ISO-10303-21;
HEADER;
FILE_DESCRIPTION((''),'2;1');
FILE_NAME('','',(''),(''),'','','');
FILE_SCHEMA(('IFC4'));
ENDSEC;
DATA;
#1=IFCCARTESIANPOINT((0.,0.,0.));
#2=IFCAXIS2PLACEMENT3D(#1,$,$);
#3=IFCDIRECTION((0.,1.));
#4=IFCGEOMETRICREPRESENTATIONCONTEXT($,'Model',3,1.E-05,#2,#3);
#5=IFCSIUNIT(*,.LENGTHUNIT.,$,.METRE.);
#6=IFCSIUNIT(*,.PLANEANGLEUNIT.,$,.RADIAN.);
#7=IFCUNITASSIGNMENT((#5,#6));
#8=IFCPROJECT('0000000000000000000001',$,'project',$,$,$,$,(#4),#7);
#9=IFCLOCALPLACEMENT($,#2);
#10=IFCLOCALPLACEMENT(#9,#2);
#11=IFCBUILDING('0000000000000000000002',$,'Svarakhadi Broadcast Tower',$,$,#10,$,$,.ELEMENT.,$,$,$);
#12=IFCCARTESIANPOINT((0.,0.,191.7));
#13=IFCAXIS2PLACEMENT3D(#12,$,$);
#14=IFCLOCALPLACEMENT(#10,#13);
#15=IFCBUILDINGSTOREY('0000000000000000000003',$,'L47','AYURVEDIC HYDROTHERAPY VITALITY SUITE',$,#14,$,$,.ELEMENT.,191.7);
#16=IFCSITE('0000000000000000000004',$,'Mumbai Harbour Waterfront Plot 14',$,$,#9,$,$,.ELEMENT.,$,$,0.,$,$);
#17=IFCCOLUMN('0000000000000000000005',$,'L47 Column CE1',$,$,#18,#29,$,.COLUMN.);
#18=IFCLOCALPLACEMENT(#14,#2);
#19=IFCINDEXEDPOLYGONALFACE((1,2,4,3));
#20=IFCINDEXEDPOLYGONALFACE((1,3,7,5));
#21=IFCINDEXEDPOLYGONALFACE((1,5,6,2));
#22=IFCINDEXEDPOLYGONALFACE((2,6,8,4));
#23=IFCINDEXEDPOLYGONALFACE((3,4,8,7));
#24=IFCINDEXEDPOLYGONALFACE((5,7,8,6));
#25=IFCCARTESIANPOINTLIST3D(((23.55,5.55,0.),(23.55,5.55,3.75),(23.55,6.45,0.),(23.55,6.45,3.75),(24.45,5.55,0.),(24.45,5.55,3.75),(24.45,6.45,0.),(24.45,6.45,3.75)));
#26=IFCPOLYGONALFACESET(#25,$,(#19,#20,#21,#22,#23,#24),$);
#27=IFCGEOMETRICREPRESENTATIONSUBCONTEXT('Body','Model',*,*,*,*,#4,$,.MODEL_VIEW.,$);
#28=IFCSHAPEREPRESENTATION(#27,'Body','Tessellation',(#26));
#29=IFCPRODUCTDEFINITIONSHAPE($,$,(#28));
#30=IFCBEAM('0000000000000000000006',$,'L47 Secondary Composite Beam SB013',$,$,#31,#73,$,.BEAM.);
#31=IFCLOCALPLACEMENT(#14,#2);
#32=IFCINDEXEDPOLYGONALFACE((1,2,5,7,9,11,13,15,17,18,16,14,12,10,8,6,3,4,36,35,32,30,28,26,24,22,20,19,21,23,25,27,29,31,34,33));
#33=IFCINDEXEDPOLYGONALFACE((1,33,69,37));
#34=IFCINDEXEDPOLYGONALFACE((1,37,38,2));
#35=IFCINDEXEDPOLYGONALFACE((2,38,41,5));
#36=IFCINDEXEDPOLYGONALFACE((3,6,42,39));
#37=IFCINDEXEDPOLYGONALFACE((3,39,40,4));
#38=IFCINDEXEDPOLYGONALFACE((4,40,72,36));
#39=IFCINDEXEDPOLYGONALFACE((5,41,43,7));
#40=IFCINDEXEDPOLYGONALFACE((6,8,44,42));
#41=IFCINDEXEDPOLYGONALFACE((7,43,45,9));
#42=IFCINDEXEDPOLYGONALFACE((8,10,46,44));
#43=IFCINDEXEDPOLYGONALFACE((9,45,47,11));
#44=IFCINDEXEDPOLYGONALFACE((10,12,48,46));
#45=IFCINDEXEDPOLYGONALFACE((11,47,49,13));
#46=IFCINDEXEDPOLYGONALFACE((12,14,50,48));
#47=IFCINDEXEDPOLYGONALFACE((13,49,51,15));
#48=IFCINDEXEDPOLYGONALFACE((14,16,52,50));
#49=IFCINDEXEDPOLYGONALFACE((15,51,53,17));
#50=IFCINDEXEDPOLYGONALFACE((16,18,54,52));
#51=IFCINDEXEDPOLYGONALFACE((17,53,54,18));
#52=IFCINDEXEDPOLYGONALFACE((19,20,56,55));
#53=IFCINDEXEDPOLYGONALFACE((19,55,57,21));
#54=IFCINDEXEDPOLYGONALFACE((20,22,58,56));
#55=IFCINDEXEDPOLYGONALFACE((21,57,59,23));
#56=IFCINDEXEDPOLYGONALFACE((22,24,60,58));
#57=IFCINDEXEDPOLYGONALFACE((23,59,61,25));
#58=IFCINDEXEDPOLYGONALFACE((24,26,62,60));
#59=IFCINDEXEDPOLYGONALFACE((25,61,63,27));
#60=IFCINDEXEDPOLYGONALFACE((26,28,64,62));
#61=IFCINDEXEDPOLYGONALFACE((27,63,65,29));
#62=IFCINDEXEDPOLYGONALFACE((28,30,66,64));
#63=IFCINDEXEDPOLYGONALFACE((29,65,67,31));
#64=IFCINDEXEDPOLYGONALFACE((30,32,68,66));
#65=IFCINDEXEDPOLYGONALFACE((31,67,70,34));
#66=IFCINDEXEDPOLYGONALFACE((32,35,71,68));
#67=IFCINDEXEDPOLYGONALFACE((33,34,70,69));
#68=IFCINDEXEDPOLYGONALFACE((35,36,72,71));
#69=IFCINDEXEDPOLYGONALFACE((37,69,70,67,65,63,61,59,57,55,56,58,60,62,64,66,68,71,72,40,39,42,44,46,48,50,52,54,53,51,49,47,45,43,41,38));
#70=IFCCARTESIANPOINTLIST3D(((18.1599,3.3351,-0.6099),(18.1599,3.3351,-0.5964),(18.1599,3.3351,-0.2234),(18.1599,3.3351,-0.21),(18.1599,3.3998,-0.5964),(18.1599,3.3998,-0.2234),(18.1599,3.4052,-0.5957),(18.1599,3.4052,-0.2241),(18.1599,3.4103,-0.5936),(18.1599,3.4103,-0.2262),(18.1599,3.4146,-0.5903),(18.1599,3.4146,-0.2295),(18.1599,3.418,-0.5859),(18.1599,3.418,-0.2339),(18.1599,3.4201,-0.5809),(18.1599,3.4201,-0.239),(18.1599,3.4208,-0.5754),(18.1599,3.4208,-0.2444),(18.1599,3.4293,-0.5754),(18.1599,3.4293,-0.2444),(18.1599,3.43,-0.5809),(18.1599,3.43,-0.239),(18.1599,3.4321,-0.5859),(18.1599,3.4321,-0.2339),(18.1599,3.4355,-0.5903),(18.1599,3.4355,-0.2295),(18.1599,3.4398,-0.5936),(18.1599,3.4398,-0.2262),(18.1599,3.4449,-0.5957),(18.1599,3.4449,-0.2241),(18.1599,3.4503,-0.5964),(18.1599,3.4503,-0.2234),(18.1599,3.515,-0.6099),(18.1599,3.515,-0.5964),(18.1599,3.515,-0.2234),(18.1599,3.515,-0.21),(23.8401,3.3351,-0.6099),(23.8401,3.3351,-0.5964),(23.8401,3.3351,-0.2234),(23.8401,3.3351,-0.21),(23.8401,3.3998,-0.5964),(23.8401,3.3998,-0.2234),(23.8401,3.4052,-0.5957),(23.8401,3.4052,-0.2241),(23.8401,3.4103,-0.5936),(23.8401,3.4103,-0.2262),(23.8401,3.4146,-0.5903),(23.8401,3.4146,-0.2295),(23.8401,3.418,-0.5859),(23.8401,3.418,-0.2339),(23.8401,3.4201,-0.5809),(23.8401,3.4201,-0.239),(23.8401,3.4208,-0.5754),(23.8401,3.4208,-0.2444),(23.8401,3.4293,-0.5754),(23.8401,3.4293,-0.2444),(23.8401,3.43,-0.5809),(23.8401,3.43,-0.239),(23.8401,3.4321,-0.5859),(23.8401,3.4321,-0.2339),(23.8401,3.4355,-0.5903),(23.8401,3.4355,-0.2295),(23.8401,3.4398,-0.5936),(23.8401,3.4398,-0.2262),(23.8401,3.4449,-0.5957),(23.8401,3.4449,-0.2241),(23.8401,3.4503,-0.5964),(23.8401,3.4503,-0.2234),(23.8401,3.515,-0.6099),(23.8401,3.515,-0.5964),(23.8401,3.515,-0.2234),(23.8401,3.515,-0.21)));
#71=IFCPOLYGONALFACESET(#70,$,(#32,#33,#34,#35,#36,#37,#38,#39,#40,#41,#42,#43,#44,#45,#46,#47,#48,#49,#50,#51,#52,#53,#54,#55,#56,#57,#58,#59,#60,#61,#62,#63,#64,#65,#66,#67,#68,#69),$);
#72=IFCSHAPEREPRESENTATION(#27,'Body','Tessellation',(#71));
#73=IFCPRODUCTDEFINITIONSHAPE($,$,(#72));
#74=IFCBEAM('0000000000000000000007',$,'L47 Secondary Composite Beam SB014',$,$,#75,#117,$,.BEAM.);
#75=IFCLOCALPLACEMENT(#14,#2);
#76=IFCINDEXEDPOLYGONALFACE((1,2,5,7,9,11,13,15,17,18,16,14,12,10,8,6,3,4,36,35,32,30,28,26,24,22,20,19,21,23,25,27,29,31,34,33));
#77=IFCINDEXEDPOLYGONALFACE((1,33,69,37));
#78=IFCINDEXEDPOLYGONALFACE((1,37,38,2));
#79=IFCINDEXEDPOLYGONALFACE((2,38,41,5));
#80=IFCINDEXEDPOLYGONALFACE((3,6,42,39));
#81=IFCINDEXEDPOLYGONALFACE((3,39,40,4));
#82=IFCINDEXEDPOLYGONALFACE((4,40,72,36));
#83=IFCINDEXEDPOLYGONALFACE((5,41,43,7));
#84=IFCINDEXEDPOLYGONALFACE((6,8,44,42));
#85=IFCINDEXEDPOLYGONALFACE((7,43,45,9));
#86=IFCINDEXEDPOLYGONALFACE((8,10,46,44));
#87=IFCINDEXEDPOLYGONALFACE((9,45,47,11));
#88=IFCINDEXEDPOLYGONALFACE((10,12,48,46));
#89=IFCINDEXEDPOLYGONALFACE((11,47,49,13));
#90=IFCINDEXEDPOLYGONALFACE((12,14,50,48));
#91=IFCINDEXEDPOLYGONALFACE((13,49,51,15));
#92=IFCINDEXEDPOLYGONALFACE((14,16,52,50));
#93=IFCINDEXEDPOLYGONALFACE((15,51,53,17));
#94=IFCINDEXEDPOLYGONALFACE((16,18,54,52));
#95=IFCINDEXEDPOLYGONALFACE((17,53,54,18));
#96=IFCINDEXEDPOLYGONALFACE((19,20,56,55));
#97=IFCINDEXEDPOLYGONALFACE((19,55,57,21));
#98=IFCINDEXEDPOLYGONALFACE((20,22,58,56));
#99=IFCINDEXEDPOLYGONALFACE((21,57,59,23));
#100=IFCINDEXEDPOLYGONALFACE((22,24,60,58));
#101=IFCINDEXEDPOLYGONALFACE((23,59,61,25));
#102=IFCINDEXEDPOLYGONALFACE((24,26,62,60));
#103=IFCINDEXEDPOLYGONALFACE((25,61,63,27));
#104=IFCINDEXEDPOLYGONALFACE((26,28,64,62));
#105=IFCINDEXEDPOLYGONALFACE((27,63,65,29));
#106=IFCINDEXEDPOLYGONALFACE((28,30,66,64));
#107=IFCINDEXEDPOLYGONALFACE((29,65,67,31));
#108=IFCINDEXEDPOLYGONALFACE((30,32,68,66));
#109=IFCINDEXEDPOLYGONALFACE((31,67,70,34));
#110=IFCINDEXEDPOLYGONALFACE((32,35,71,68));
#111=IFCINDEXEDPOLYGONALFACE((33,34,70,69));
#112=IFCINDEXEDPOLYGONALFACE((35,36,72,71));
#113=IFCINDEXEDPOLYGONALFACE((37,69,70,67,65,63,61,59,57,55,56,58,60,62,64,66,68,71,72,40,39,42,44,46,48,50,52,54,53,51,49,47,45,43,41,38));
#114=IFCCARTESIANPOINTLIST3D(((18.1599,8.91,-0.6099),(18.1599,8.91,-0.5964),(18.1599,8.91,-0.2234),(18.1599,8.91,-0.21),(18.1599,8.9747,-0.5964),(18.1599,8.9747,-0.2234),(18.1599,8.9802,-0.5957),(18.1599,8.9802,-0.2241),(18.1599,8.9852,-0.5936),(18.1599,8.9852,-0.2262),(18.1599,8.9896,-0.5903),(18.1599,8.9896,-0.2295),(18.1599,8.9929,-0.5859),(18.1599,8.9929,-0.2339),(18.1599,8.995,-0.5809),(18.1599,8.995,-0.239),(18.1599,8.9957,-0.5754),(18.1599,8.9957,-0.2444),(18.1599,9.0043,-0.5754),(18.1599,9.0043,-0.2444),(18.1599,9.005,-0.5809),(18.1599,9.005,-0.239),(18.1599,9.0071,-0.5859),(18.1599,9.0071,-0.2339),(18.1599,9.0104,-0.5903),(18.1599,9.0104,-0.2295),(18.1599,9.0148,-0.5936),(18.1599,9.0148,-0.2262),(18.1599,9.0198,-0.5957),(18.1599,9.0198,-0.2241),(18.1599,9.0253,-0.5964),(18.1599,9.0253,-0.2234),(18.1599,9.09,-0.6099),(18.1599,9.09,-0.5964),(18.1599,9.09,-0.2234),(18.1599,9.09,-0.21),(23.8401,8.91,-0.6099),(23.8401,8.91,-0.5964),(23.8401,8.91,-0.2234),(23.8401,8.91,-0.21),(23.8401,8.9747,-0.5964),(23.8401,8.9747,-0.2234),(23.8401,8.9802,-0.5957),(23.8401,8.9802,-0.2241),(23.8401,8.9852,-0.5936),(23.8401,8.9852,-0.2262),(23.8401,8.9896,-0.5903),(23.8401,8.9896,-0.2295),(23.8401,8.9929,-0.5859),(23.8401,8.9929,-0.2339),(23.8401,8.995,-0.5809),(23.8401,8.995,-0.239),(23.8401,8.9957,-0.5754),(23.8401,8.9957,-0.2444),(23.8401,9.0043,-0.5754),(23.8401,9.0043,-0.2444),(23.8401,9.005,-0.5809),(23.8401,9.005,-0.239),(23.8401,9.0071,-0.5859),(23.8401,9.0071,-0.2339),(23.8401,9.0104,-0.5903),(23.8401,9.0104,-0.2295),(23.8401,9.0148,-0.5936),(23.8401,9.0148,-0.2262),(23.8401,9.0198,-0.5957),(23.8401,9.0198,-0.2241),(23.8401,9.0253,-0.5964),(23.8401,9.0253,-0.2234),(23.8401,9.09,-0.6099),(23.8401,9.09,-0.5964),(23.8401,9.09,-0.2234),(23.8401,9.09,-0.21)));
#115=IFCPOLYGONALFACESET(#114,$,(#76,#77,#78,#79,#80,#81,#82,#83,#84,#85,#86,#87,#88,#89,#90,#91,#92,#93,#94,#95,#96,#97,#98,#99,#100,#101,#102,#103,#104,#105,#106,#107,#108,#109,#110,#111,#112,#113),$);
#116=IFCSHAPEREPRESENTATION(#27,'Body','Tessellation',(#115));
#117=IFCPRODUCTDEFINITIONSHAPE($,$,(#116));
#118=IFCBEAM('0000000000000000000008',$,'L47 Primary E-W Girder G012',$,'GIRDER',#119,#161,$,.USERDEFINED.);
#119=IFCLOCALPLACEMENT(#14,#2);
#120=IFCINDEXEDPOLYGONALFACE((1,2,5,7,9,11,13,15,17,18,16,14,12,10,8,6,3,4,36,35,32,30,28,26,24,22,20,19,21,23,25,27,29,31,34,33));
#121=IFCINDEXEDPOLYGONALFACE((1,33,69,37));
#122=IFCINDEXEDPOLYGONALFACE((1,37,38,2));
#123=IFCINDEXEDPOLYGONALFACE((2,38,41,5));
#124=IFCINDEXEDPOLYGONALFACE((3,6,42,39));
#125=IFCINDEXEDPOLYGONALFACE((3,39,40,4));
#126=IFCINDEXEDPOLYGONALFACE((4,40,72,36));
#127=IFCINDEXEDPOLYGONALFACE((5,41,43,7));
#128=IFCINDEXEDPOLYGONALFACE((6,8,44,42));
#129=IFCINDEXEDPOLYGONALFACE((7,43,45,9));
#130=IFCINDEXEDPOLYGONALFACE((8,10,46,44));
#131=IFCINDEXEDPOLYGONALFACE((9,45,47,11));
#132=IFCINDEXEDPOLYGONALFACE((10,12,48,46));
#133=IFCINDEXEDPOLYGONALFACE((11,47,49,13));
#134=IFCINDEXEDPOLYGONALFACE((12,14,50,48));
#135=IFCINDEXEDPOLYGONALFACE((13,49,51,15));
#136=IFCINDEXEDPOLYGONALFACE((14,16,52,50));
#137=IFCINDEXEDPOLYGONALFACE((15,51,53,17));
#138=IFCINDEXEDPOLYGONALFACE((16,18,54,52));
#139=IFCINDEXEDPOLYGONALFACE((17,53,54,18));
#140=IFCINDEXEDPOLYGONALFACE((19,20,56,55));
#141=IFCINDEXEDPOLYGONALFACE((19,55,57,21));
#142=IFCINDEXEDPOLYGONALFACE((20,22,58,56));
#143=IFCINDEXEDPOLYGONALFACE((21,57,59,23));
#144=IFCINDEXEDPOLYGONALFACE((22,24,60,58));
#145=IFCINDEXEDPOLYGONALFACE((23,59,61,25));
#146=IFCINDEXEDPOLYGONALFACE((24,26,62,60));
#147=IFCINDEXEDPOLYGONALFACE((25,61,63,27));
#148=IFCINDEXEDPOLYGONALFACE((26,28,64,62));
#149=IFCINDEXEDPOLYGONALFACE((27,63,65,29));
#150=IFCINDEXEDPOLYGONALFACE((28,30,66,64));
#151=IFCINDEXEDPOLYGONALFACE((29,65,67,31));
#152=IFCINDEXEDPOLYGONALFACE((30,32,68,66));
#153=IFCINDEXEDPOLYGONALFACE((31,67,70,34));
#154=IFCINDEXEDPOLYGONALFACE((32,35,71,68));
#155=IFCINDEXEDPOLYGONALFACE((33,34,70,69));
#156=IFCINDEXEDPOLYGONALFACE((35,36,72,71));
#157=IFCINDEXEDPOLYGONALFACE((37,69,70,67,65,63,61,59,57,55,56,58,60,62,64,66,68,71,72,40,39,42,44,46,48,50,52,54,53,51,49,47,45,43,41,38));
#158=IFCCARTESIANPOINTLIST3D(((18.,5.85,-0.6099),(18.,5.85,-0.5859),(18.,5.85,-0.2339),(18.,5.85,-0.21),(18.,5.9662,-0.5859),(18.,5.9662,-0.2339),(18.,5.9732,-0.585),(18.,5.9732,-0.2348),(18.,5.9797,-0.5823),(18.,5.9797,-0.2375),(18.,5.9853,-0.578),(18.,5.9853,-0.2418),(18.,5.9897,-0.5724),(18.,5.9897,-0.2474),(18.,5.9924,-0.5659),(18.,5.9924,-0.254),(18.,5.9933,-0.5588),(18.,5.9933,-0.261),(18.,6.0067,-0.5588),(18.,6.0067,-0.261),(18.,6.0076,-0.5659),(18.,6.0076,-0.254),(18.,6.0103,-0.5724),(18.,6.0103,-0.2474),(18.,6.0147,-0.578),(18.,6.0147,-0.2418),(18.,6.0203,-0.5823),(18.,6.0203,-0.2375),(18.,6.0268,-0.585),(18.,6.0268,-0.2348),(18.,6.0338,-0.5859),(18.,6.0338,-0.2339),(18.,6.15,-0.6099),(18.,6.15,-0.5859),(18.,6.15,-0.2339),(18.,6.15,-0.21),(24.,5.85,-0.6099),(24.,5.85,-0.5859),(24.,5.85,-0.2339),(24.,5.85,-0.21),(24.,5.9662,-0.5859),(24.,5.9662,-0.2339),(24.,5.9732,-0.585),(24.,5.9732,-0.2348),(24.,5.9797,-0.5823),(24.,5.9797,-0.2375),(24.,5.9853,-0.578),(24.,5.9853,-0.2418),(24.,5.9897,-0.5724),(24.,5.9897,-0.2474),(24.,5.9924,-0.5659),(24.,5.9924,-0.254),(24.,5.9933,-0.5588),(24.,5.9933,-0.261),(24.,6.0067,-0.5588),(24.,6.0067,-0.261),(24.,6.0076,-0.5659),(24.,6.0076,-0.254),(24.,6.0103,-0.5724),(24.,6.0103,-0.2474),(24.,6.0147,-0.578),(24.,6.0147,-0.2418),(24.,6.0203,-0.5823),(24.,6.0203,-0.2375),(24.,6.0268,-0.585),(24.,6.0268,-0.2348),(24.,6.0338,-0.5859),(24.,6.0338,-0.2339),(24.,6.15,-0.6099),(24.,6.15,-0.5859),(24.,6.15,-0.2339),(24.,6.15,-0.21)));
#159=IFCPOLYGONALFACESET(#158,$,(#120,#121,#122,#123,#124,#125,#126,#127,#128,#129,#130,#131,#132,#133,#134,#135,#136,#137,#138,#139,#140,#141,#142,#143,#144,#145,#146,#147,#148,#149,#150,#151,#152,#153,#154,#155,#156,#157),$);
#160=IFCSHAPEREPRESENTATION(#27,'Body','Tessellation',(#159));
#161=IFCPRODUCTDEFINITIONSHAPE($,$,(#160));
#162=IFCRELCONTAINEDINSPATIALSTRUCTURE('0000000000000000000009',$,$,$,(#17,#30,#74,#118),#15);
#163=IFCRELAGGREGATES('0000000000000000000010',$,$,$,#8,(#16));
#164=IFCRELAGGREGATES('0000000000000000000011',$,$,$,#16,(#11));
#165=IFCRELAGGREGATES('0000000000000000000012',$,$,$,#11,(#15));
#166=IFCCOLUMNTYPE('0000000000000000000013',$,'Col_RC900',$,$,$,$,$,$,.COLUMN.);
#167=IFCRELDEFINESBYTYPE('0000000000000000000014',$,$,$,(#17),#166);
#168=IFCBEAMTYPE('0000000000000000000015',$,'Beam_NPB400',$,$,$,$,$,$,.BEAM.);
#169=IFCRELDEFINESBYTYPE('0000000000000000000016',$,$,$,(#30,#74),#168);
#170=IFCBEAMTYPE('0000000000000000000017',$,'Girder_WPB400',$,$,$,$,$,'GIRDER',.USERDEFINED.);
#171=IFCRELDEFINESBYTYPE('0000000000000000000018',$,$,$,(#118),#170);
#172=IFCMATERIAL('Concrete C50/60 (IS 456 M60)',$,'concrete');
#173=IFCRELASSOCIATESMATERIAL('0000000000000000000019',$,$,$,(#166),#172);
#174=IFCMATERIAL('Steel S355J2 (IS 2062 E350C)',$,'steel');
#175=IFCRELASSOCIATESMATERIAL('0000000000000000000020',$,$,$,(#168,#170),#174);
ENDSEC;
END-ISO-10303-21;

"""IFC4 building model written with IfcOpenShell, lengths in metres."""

from ifc_helpers import new_model, si_unit, direction, frame, origin, origin_2d, place, context, subcontext, project, spatial, rectangle, i_section, extrude, material, material_profile, profile_set, type_object, element, save


model = new_model("IFC4")

# Units and contexts
model_context = context("Model", 3, precision=1e-05, world=origin(), true_north=direction((0.0, 1.0)))
body_context = subcontext(model_context, "Body", "Model", "MODEL_VIEW")
ifc_project = project(units=[si_unit("LENGTHUNIT", "METRE"), si_unit("PLANEANGLEUNIT", "RADIAN")], contexts=[model_context])

# Site, building, storey
site_placement = place(None, origin())
site = spatial("IfcSite", under=ifc_project, at=site_placement, Name="Mumbai Harbour Waterfront Plot 14", CompositionType="ELEMENT", RefElevation=0.0)
building_placement = place(site_placement, origin())
building = spatial("IfcBuilding", under=site, at=building_placement, Name="Svarakhadi Broadcast Tower", CompositionType="ELEMENT")
storey_placement = place(building_placement, frame((0.0, 0.0, 191.7)))
storey = spatial("IfcBuildingStorey", under=building, at=storey_placement, Name="L47", Description="AYURVEDIC HYDROTHERAPY VITALITY SUITE", CompositionType="ELEMENT", Elevation=191.7)

# Column
ifc_material_1 = material(Name="Concrete C50/60 (IS 456 M60)", Category="concrete")
ifc_material_profile_1 = material_profile(ifc_material_1, rectangle(XDim=0.8999, YDim=0.8999, at=origin_2d()), Name="RC 900x900")
ifc_profile_set_1 = profile_set([ifc_material_profile_1], Name="Concrete C50/60 (IS 456 M60)")
column_type = type_object("IfcColumnType", Name="Col_RC900", PredefinedType="COLUMN", material=ifc_profile_set_1)
column_placement = place(storey_placement, frame((24.0, 6.0, 0.0), z_axis=(0.0, 0.0, 1.0), x_axis=(1.0, 0.0, 0.0)))
element("IfcColumn", 1, at=column_placement, inside=storey, type_object=column_type, Name="L47 Column CE1", PredefinedType="COLUMN", context=body_context, shape_type="SweptSolid", body=[
    extrude(rectangle(XDim=0.8999, YDim=0.8999, at=origin_2d()), origin(), (0.0, 0.0, 1.0), 3.75),
])

# Beams
ifc_material_2 = material(Name="Steel S355J2 (IS 2062 E350C)", Category="steel")
ifc_material_profile_2 = material_profile(ifc_material_2, i_section(OverallWidth=0.1799, OverallDepth=0.3999, WebThickness=0.0085, FlangeThickness=0.0134, FilletRadius=0.021, at=origin_2d()), Name="NPB 400x180x66")
ifc_profile_set_2 = profile_set([ifc_material_profile_2], Name="Steel S355J2 (IS 2062 E350C)")
beam_type_1 = type_object("IfcBeamType", Name="Beam_NPB400", PredefinedType="BEAM", material=ifc_profile_set_2)
for number, where, z_axis, x_axis, name in (
    (2, (18.1599, 3.425, -0.4099), (1.0, 0.0, 0.0), (0.0, 1.0, 0.0), "L47 Secondary Composite Beam SB013"),
    (3, (18.1599, 9.0, -0.4099), (1.0, 0.0, 0.0), (0.0, 1.0, 0.0), "L47 Secondary Composite Beam SB014"),
):
    element("IfcBeam", number, at=place(storey_placement, frame(where, z_axis=z_axis, x_axis=x_axis)), inside=storey, type_object=beam_type_1, Name=name, PredefinedType="BEAM", context=body_context, shape_type="SweptSolid", body=[
        extrude(i_section(OverallWidth=0.1799, OverallDepth=0.3999, WebThickness=0.0085, FlangeThickness=0.0134, FilletRadius=0.021, at=origin_2d()), origin(), (0.0, 0.0, 1.0), 5.6802),
    ])
ifc_material_profile_3 = material_profile(ifc_material_2, i_section(OverallWidth=0.3, OverallDepth=0.3999, WebThickness=0.0134, FlangeThickness=0.0239, FilletRadius=0.0271, at=origin_2d()), Name="WPB 400x300x155")
ifc_profile_set_3 = profile_set([ifc_material_profile_3], Name="Steel S355J2 (IS 2062 E350C)")
beam_type_2 = type_object("IfcBeamType", Name="Girder_WPB400", ElementType="GIRDER", PredefinedType="USERDEFINED", material=ifc_profile_set_3)
for number, where, z_axis, x_axis, name in (
    (4, (18.0, 6.0, -0.4099), (1.0, 0.0, 0.0), (0.0, 1.0, 0.0), "L47 Primary E-W Girder G012"),
):
    element("IfcBeam", number, at=place(storey_placement, frame(where, z_axis=z_axis, x_axis=x_axis)), inside=storey, type_object=beam_type_2, Name=name, ObjectType="GIRDER", PredefinedType="USERDEFINED", context=body_context, shape_type="SweptSolid", body=[
        extrude(i_section(OverallWidth=0.3, OverallDepth=0.3999, WebThickness=0.0134, FlangeThickness=0.0239, FilletRadius=0.0271, at=origin_2d()), origin(), (0.0, 0.0, 1.0), 6.0),
    ])

save(model, "model.ifc")
